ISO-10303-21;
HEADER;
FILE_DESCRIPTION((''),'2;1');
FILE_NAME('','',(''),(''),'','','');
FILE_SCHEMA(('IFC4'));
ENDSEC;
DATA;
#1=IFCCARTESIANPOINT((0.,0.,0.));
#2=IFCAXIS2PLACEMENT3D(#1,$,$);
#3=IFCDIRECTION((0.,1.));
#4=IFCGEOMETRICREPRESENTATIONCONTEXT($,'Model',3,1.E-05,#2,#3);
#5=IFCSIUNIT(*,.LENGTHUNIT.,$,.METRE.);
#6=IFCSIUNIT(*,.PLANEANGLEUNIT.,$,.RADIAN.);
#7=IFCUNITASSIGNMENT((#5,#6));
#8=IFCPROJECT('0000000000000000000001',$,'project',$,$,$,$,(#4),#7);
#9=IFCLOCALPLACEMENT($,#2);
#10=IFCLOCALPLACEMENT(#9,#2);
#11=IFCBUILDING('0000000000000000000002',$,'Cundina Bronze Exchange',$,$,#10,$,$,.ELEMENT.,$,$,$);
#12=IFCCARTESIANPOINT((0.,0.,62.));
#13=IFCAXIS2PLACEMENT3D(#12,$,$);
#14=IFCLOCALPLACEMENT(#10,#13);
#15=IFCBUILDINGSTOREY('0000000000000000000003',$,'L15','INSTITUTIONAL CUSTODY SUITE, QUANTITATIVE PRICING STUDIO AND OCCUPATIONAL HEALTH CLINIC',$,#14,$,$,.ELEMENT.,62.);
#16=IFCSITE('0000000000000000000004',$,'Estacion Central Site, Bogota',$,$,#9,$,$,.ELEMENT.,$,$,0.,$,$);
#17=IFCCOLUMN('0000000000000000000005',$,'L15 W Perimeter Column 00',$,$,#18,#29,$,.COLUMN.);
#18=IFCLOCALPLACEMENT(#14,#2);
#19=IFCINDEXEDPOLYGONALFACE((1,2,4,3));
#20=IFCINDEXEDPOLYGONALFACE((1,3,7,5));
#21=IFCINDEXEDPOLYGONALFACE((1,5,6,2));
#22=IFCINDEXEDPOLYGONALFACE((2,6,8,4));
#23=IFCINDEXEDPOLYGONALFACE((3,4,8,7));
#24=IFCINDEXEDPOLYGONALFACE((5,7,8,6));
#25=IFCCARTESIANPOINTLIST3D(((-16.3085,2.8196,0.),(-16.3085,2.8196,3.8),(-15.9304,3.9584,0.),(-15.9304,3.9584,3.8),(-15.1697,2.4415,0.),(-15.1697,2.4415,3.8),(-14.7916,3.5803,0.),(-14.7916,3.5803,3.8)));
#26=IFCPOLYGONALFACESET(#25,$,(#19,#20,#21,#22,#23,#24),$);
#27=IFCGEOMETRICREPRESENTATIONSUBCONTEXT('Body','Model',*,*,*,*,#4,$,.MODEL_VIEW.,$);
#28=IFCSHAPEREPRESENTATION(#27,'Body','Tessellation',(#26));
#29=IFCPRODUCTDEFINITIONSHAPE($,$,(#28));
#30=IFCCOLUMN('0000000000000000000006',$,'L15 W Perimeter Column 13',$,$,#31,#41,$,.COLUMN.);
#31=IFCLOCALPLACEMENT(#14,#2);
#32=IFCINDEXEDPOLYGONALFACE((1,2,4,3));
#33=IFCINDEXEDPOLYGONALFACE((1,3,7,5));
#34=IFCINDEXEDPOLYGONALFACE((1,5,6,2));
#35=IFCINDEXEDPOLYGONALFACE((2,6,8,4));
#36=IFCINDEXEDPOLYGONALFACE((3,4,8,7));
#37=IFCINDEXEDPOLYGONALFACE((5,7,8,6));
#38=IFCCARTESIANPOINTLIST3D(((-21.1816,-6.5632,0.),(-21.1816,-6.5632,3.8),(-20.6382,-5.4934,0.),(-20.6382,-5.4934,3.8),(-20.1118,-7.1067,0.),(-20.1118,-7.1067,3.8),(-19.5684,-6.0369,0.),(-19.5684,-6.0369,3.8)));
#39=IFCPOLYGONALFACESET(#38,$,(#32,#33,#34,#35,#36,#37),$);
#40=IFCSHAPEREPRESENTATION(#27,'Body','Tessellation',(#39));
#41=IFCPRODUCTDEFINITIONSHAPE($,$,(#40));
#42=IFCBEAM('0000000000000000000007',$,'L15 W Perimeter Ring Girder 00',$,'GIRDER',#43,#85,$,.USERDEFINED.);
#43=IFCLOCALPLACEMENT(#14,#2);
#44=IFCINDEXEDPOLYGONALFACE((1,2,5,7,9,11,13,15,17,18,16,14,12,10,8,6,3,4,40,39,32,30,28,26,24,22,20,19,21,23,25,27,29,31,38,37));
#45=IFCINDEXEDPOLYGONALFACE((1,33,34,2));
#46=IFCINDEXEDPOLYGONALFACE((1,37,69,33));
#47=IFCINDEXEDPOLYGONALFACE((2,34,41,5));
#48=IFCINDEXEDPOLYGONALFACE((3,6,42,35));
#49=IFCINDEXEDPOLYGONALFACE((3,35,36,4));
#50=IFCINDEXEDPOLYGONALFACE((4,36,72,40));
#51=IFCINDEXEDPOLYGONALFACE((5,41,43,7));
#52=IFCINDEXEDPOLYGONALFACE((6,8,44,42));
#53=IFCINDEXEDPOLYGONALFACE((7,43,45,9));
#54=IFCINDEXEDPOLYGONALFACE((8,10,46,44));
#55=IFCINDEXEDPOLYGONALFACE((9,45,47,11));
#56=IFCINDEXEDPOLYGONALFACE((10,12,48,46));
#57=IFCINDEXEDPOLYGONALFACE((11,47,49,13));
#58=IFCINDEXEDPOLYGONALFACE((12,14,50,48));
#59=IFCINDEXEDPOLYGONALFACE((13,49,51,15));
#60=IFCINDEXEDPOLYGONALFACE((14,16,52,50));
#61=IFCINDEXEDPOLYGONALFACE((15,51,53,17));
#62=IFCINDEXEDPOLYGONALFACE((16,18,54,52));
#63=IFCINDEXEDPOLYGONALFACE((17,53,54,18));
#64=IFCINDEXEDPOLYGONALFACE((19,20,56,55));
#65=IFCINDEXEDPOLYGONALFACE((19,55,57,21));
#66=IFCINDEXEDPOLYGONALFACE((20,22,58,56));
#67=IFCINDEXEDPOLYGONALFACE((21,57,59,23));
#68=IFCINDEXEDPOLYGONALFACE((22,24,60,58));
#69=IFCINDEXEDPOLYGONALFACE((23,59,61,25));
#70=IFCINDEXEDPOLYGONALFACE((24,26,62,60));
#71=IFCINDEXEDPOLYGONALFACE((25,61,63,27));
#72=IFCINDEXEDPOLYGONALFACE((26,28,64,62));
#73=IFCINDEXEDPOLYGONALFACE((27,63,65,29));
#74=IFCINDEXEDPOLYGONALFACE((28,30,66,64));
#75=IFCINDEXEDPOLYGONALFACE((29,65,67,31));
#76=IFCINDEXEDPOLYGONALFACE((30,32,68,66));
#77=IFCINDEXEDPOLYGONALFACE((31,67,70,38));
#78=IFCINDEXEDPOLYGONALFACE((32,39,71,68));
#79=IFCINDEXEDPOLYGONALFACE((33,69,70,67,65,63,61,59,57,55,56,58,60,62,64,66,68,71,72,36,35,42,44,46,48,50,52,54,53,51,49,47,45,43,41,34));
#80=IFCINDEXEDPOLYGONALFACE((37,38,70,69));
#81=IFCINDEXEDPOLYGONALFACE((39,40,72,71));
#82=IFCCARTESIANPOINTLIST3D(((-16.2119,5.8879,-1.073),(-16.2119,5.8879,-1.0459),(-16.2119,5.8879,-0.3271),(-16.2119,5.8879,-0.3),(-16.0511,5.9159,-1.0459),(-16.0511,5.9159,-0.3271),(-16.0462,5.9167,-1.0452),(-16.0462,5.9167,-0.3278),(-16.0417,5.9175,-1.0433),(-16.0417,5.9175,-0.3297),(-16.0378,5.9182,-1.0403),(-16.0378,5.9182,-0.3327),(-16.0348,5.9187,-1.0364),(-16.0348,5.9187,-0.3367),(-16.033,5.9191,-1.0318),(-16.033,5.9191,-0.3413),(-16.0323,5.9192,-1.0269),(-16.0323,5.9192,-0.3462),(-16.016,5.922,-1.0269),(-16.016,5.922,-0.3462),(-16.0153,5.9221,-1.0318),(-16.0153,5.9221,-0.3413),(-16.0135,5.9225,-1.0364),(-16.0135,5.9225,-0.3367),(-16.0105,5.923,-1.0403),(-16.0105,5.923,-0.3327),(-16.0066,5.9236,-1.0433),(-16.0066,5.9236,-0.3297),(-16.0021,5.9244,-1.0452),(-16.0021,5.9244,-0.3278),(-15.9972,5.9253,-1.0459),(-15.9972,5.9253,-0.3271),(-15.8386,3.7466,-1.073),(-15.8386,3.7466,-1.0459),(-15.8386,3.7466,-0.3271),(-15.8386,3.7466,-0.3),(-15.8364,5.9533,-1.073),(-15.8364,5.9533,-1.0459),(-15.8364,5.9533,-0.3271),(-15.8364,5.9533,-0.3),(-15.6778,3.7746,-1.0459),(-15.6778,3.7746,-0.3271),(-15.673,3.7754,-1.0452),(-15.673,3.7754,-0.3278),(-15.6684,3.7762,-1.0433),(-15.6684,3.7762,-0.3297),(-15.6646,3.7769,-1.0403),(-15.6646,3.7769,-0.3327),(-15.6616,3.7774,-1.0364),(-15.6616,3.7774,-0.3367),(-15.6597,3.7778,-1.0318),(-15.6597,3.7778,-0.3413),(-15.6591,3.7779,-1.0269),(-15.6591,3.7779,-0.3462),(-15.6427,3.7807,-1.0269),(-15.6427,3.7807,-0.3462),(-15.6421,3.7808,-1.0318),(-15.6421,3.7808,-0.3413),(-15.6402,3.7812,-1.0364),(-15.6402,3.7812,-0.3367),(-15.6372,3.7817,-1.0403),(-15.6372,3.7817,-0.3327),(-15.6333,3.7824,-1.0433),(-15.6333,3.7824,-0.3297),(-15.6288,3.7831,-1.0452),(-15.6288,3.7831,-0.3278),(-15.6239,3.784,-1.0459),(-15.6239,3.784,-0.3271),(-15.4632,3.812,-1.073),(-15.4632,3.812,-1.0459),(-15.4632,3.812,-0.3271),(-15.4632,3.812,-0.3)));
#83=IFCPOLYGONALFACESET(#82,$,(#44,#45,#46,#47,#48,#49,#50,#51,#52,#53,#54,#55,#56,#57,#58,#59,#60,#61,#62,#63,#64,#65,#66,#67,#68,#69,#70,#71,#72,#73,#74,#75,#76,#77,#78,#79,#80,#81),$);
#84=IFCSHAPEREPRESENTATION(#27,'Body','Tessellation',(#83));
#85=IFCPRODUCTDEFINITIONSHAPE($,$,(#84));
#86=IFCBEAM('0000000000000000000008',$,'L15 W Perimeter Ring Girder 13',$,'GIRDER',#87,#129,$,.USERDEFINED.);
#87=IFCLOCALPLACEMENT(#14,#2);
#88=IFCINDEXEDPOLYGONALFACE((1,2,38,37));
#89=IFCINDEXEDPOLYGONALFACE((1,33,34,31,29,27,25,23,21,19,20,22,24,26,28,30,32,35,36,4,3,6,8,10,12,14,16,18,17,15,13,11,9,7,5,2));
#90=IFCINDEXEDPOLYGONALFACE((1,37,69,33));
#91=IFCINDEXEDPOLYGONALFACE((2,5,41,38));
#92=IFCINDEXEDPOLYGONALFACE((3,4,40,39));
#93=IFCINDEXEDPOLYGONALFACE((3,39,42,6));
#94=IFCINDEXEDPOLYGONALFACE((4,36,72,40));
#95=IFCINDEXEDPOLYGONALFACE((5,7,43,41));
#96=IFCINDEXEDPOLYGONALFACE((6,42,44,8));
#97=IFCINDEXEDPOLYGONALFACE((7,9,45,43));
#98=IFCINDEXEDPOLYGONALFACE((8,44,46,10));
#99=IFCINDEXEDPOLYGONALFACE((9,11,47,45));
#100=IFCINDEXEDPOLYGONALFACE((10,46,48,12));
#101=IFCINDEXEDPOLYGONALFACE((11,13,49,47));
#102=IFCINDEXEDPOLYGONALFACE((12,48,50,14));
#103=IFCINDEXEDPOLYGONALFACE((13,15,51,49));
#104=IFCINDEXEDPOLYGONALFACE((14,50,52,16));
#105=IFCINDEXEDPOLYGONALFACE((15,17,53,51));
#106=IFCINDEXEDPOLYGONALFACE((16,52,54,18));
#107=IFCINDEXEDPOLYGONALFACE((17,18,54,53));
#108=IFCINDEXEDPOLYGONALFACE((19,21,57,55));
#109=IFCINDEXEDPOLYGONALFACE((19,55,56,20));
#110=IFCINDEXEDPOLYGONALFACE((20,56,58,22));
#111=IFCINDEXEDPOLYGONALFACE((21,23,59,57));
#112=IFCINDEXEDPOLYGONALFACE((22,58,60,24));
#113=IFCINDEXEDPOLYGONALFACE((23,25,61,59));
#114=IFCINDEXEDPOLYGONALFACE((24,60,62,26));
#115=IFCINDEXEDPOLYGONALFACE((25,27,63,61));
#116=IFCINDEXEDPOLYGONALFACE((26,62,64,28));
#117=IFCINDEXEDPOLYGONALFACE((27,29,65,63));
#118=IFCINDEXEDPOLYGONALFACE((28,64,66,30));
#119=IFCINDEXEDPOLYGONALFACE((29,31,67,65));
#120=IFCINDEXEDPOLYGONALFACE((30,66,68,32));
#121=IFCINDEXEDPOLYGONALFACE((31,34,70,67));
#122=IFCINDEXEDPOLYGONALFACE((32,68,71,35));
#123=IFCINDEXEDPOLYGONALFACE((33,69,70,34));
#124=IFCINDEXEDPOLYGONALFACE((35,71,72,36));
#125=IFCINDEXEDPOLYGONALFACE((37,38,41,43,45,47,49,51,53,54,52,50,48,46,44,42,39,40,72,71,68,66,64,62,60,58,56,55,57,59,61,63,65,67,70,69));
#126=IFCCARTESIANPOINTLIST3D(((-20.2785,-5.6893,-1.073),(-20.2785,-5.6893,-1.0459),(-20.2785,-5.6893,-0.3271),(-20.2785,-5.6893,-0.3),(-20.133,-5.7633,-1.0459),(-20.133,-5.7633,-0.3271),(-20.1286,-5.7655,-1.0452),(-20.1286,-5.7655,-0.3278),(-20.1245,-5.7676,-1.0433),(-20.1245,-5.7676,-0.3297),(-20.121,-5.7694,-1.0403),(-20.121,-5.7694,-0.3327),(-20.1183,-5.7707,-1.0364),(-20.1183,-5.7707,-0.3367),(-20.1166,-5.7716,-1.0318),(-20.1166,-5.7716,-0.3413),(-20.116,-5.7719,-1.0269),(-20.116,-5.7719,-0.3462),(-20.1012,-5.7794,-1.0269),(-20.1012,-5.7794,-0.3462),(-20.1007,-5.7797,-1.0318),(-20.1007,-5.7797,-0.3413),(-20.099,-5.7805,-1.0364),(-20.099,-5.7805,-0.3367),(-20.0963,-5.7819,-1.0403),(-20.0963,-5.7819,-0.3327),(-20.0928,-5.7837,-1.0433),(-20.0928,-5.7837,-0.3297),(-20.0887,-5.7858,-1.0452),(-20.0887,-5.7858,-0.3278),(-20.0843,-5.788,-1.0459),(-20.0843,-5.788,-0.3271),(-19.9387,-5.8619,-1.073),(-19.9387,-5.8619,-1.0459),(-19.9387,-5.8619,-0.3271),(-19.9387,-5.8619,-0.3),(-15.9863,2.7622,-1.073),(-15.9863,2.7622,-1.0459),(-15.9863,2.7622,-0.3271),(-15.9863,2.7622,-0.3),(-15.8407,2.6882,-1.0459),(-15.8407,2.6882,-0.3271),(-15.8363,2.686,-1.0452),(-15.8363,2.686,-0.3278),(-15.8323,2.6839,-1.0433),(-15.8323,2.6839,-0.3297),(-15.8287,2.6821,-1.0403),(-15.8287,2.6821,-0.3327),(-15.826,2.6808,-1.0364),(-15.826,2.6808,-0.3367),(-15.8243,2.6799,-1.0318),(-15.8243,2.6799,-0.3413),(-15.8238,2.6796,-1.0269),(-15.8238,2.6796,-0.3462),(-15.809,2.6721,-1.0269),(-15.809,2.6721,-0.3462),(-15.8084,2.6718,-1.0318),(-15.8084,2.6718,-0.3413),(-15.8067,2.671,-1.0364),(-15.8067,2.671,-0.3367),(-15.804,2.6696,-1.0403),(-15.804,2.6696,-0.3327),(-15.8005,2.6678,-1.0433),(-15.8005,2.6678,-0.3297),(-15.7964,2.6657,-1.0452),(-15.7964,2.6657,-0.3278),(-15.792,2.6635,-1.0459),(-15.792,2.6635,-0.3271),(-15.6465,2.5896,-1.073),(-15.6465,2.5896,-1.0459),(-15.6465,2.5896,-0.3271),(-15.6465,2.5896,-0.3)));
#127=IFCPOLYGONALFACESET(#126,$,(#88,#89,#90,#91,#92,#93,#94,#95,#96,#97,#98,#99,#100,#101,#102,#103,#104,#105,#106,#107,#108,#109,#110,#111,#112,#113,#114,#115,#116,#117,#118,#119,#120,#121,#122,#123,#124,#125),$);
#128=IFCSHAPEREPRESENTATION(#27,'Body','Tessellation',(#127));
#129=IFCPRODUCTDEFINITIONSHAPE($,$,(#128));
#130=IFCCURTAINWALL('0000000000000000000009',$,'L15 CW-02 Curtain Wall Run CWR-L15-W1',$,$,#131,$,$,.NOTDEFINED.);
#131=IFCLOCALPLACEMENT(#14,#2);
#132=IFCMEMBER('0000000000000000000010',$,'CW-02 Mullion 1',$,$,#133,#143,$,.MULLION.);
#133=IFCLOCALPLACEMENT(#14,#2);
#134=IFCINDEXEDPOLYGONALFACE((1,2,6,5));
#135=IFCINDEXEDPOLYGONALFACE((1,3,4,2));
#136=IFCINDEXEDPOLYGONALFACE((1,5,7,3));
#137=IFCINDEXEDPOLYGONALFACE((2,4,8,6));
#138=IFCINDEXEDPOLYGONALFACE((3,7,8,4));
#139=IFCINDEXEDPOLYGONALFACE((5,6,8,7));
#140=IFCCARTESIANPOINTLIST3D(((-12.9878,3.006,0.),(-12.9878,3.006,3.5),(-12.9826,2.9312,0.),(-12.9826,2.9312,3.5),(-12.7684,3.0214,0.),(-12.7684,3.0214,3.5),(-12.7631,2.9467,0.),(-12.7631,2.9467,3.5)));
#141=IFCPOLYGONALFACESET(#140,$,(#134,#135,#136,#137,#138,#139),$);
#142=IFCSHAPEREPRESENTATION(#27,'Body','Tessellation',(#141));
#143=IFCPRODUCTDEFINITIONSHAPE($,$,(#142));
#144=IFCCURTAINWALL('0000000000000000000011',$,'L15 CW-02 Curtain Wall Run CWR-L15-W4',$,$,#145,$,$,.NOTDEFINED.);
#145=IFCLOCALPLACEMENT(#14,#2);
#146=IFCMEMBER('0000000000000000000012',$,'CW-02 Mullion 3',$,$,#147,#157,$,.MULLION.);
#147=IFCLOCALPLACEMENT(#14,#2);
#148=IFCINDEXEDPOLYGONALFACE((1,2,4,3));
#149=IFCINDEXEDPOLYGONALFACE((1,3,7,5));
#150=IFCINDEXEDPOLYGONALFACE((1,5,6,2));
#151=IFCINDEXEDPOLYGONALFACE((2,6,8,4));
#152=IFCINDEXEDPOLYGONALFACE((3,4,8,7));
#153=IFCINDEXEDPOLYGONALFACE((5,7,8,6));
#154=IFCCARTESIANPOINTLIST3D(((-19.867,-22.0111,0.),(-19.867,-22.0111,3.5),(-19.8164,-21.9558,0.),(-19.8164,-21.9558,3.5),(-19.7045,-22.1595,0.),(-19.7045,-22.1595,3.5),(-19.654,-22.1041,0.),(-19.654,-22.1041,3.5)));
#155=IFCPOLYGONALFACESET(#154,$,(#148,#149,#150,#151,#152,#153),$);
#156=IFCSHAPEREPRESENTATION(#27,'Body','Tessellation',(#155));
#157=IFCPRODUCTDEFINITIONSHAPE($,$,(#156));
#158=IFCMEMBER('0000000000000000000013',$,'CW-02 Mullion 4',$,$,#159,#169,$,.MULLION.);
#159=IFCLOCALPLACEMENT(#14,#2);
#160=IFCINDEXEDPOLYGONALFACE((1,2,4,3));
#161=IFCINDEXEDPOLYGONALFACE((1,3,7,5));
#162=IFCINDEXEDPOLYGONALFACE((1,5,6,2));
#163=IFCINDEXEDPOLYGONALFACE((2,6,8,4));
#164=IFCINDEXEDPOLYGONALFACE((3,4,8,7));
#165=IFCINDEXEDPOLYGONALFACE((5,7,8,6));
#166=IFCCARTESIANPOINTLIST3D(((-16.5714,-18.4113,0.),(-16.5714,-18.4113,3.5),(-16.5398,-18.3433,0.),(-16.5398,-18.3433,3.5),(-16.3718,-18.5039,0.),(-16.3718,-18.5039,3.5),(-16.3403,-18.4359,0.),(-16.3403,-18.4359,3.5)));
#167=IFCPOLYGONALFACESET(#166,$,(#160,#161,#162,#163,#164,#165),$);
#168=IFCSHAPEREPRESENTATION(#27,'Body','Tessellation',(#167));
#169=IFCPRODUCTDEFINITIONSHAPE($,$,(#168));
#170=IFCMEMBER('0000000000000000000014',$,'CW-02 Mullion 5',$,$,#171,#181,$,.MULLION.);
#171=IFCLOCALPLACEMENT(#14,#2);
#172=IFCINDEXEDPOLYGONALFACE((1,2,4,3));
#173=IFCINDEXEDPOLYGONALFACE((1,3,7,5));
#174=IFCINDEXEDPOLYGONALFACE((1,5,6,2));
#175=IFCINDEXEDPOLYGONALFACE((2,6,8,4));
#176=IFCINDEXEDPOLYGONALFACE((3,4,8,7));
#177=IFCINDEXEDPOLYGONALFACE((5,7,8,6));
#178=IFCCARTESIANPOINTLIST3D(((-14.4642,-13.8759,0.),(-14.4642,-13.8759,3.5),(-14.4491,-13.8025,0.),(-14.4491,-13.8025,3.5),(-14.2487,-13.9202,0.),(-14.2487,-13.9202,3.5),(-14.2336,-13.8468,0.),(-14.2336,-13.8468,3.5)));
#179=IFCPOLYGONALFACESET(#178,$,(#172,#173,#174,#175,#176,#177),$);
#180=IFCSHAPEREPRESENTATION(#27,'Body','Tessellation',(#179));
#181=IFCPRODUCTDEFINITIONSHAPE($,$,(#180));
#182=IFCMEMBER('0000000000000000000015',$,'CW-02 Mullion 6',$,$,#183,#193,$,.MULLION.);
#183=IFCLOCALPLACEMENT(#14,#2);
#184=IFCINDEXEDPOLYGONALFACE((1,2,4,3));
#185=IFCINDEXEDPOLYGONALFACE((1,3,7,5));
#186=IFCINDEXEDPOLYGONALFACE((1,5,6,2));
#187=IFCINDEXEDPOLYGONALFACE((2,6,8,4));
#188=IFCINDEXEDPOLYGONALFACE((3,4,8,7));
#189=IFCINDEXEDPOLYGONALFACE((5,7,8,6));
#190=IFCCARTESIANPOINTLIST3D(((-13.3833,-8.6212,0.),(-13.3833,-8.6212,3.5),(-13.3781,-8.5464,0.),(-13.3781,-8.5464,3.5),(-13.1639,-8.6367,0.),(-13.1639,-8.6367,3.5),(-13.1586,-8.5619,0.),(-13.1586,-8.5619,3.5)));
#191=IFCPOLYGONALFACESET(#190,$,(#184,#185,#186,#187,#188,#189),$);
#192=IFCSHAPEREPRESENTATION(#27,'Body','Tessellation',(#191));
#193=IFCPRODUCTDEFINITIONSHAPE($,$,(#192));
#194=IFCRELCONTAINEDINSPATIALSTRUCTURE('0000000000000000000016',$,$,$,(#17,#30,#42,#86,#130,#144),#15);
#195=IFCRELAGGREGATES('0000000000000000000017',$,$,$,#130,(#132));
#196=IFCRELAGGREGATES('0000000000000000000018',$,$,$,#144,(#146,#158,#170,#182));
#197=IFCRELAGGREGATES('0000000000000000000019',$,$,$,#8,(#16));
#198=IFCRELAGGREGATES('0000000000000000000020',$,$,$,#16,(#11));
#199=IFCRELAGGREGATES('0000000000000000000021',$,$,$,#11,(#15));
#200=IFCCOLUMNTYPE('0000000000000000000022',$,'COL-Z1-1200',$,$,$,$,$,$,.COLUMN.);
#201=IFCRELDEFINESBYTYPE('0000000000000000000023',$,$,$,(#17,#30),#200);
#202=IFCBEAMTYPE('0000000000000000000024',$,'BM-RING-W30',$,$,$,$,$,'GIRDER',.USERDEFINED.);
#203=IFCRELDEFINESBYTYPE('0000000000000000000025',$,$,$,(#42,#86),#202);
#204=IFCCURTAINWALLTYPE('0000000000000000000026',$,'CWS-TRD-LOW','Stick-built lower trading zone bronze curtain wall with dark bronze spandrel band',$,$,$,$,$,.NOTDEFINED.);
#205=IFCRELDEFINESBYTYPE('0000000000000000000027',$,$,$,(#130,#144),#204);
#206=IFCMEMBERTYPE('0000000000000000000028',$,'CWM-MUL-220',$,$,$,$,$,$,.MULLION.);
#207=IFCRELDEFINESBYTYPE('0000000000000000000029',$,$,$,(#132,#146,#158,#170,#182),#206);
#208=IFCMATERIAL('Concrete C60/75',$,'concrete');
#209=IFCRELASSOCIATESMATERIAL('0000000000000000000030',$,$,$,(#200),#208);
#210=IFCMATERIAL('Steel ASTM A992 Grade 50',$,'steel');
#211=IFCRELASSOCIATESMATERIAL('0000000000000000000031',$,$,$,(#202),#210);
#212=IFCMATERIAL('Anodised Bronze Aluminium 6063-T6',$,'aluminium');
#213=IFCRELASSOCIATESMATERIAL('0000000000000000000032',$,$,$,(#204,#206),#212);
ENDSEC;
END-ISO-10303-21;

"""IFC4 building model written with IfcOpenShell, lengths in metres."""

from ifc_helpers import new_model, si_unit, direction, frame, origin, origin_2d, place, context, subcontext, project, spatial, rectangle, i_section, extrude, material, material_profile, profile_set, type_object, element, aggregate, save


model = new_model("IFC4")

# Units and contexts
model_context = context("Model", 3, precision=1e-05, world=origin(), true_north=direction((0.0, 1.0)))
body_context = subcontext(model_context, "Body", "Model", "MODEL_VIEW")
ifc_project = project(units=[si_unit("LENGTHUNIT", "METRE"), si_unit("PLANEANGLEUNIT", "RADIAN")], contexts=[model_context])

# Site, building, storey
site_placement = place(None, origin())
site = spatial("IfcSite", under=ifc_project, at=site_placement, Name="Estacion Central Site, Bogota", CompositionType="ELEMENT", RefElevation=0.0)
building_placement = place(site_placement, origin())
building = spatial("IfcBuilding", under=site, at=building_placement, Name="Cundina Bronze Exchange", CompositionType="ELEMENT")
storey_placement = place(building_placement, frame((0.0, 0.0, 62.0)))
storey = spatial("IfcBuildingStorey", under=building, at=storey_placement, Name="L15", Description="INSTITUTIONAL CUSTODY SUITE, QUANTITATIVE PRICING STUDIO AND OCCUPATIONAL HEALTH CLINIC", CompositionType="ELEMENT", Elevation=62.0)

# Columns
ifc_material_1 = material(Name="Concrete C60/75", Category="concrete")
ifc_material_profile_1 = material_profile(ifc_material_1, rectangle(XDim=1.2, YDim=1.2, at=origin_2d()), Name="RC1200X1200", Category="concrete")
ifc_profile_set_1 = profile_set([ifc_material_profile_1], Name="Concrete C60/75")
column_type = type_object("IfcColumnType", Name="COL-Z1-1200", PredefinedType="COLUMN", material=ifc_profile_set_1)
for number, where, z_axis, x_axis, name in (
    (1, (-15.55, 3.2, 0.0), (0.0, 0.0, 1.0), (0.315152, 0.949041, 0.0), "L15 W Perimeter Column 00"),
    (2, (-20.375, -6.3, 0.0), (0.0, 0.0, 1.0), (0.452902, 0.891561, 0.0), "L15 W Perimeter Column 13"),
):
    element("IfcColumn", number, at=place(storey_placement, frame(where, z_axis=z_axis, x_axis=x_axis)), inside=storey, type_object=column_type, Name=name, PredefinedType="COLUMN", context=body_context, shape_type="SweptSolid", body=[
        extrude(rectangle(XDim=1.2, YDim=1.2, at=origin_2d()), origin(), (0.0, 0.0, 1.0), 3.8),
    ])

# Beams
ifc_material_2 = material(Name="Steel ASTM A992 Grade 50", Category="steel")
ifc_material_profile_2 = material_profile(ifc_material_2, i_section(OverallWidth=0.3811, OverallDepth=0.7729, WebThickness=0.0166, FlangeThickness=0.0271, FilletRadius=0.019, at=origin_2d()), Name="W30X173", Category="steel")
ifc_profile_set_2 = profile_set([ifc_material_profile_2], Name="Steel ASTM A992 Grade 50")
beam_type = type_object("IfcBeamType", Name="BM-RING-W30", ElementType="GIRDER", PredefinedType="USERDEFINED", material=ifc_profile_set_2)
beam_1_placement = place(storey_placement, frame((-15.6509, 3.7793, -0.6865), z_axis=(-0.171735, 0.985143, 0.0), x_axis=(-0.985143, -0.171735, 0.0)))
element("IfcBeam", 3, at=beam_1_placement, inside=storey, type_object=beam_type, Name="L15 W Perimeter Ring Girder 00", ObjectType="GIRDER", PredefinedType="USERDEFINED", context=body_context, shape_type="SweptSolid", body=[
    extrude(i_section(OverallWidth=0.3811, OverallDepth=0.7729, WebThickness=0.0166, FlangeThickness=0.0271, FilletRadius=0.019, at=origin_2d()), origin(), (0.0, 0.0, 1.0), 2.1736),
])
beam_2_placement = place(storey_placement, frame((-20.1086, -5.7756, -0.6865), z_axis=(0.45282, 0.891602, 0.0), x_axis=(-0.891602, 0.45282, 0.0)))
element("IfcBeam", 4, at=beam_2_placement, inside=storey, type_object=beam_type, Name="L15 W Perimeter Ring Girder 13", ObjectType="GIRDER", PredefinedType="USERDEFINED", context=body_context, shape_type="SweptSolid", body=[
    extrude(i_section(OverallWidth=0.3811, OverallDepth=0.7729, WebThickness=0.0166, FlangeThickness=0.0271, FilletRadius=0.019, at=origin_2d()), origin(), (0.0, 0.0, 1.0), 9.479),
])

# Curtain wall, member
ifc_material_3 = material(Name="Anodised Bronze Aluminium 6063-T6", Category="aluminium")
curtain_wall_type = type_object("IfcCurtainWallType", Name="CWS-TRD-LOW", Description="Stick-built lower trading zone bronze curtain wall with dark bronze spandrel band", PredefinedType="NOTDEFINED", material=ifc_material_3)
curtain_wall_1_placement = place(storey_placement, origin())
curtain_wall_1 = element("IfcCurtainWall", 5, at=curtain_wall_1_placement, inside=storey, type_object=curtain_wall_type, Name="L15 CW-02 Curtain Wall Run CWR-L15-W1", PredefinedType="NOTDEFINED")
ifc_material_profile_3 = material_profile(ifc_material_3, rectangle(XDim=0.075, YDim=0.22, at=origin_2d()), Name="AL75X220", Category="aluminium")
ifc_profile_set_3 = profile_set([ifc_material_profile_3], Name="Anodised Bronze Aluminium 6063-T6")
member_type_1 = type_object("IfcMemberType", Name="CWM-MUL-220", PredefinedType="MULLION", material=ifc_profile_set_3)
member_1_placement = place(storey_placement, frame((-12.8755, 2.9763, 0.0), z_axis=(0.0, 0.0, 1.0), x_axis=(-0.070279, 0.997527, 0.0)))
member_1 = element("IfcMember", 6, at=member_1_placement, type_object=member_type_1, Name="CW-02 Mullion 1", PredefinedType="MULLION", context=body_context, shape_type="SweptSolid", body=[
    extrude(rectangle(XDim=0.075, YDim=0.22, at=origin_2d()), origin(), (0.0, 0.0, 1.0), 3.5),
])

# Curtain wall, members
curtain_wall_2_placement = place(storey_placement, origin())
curtain_wall_2 = element("IfcCurtainWall", 7, at=curtain_wall_2_placement, inside=storey, type_object=curtain_wall_type, Name="L15 CW-02 Curtain Wall Run CWR-L15-W4", PredefinedType="NOTDEFINED")
member_2_placement = place(storey_placement, frame((-19.7605, -22.0576, 0.0), z_axis=(0.0, 0.0, 1.0), x_axis=(0.674302, 0.738455, 0.0)))
member_2 = element("IfcMember", 8, at=member_2_placement, type_object=member_type_1, Name="CW-02 Mullion 3", PredefinedType="MULLION", context=body_context, shape_type="SweptSolid", body=[
    extrude(rectangle(XDim=0.075, YDim=0.22, at=origin_2d()), origin(), (0.0, 0.0, 1.0), 3.5),
])
member_3_placement = place(storey_placement, frame((-16.4558, -18.4236, 0.0), z_axis=(0.0, 0.0, 1.0), x_axis=(0.420877, 0.907117, 0.0)))
member_3 = element("IfcMember", 9, at=member_3_placement, type_object=member_type_1, Name="CW-02 Mullion 4", PredefinedType="MULLION", context=body_context, shape_type="SweptSolid", body=[
    extrude(rectangle(XDim=0.075, YDim=0.22, at=origin_2d()), origin(), (0.0, 0.0, 1.0), 3.5),
])
member_4_placement = place(storey_placement, frame((-14.3489, -13.8613, 0.0), z_axis=(0.0, 0.0, 1.0), x_axis=(0.20142, 0.979505, 0.0)))
member_4 = element("IfcMember", 10, at=member_4_placement, type_object=member_type_1, Name="CW-02 Mullion 5", PredefinedType="MULLION", context=body_context, shape_type="SweptSolid", body=[
    extrude(rectangle(XDim=0.075, YDim=0.22, at=origin_2d()), origin(), (0.0, 0.0, 1.0), 3.5),
])
member_5_placement = place(storey_placement, frame((-13.271, -8.5916, 0.0), z_axis=(0.0, 0.0, 1.0), x_axis=(0.070279, 0.997527, 0.0)))
member_5 = element("IfcMember", 11, at=member_5_placement, type_object=member_type_1, Name="CW-02 Mullion 6", PredefinedType="MULLION", context=body_context, shape_type="SweptSolid", body=[
    extrude(rectangle(XDim=0.075, YDim=0.22, at=origin_2d()), origin(), (0.0, 0.0, 1.0), 3.5),
])

aggregate(curtain_wall_1, [member_1])

aggregate(curtain_wall_2, [member_2, member_3, member_4, member_5])

save(model, "model.ifc")
